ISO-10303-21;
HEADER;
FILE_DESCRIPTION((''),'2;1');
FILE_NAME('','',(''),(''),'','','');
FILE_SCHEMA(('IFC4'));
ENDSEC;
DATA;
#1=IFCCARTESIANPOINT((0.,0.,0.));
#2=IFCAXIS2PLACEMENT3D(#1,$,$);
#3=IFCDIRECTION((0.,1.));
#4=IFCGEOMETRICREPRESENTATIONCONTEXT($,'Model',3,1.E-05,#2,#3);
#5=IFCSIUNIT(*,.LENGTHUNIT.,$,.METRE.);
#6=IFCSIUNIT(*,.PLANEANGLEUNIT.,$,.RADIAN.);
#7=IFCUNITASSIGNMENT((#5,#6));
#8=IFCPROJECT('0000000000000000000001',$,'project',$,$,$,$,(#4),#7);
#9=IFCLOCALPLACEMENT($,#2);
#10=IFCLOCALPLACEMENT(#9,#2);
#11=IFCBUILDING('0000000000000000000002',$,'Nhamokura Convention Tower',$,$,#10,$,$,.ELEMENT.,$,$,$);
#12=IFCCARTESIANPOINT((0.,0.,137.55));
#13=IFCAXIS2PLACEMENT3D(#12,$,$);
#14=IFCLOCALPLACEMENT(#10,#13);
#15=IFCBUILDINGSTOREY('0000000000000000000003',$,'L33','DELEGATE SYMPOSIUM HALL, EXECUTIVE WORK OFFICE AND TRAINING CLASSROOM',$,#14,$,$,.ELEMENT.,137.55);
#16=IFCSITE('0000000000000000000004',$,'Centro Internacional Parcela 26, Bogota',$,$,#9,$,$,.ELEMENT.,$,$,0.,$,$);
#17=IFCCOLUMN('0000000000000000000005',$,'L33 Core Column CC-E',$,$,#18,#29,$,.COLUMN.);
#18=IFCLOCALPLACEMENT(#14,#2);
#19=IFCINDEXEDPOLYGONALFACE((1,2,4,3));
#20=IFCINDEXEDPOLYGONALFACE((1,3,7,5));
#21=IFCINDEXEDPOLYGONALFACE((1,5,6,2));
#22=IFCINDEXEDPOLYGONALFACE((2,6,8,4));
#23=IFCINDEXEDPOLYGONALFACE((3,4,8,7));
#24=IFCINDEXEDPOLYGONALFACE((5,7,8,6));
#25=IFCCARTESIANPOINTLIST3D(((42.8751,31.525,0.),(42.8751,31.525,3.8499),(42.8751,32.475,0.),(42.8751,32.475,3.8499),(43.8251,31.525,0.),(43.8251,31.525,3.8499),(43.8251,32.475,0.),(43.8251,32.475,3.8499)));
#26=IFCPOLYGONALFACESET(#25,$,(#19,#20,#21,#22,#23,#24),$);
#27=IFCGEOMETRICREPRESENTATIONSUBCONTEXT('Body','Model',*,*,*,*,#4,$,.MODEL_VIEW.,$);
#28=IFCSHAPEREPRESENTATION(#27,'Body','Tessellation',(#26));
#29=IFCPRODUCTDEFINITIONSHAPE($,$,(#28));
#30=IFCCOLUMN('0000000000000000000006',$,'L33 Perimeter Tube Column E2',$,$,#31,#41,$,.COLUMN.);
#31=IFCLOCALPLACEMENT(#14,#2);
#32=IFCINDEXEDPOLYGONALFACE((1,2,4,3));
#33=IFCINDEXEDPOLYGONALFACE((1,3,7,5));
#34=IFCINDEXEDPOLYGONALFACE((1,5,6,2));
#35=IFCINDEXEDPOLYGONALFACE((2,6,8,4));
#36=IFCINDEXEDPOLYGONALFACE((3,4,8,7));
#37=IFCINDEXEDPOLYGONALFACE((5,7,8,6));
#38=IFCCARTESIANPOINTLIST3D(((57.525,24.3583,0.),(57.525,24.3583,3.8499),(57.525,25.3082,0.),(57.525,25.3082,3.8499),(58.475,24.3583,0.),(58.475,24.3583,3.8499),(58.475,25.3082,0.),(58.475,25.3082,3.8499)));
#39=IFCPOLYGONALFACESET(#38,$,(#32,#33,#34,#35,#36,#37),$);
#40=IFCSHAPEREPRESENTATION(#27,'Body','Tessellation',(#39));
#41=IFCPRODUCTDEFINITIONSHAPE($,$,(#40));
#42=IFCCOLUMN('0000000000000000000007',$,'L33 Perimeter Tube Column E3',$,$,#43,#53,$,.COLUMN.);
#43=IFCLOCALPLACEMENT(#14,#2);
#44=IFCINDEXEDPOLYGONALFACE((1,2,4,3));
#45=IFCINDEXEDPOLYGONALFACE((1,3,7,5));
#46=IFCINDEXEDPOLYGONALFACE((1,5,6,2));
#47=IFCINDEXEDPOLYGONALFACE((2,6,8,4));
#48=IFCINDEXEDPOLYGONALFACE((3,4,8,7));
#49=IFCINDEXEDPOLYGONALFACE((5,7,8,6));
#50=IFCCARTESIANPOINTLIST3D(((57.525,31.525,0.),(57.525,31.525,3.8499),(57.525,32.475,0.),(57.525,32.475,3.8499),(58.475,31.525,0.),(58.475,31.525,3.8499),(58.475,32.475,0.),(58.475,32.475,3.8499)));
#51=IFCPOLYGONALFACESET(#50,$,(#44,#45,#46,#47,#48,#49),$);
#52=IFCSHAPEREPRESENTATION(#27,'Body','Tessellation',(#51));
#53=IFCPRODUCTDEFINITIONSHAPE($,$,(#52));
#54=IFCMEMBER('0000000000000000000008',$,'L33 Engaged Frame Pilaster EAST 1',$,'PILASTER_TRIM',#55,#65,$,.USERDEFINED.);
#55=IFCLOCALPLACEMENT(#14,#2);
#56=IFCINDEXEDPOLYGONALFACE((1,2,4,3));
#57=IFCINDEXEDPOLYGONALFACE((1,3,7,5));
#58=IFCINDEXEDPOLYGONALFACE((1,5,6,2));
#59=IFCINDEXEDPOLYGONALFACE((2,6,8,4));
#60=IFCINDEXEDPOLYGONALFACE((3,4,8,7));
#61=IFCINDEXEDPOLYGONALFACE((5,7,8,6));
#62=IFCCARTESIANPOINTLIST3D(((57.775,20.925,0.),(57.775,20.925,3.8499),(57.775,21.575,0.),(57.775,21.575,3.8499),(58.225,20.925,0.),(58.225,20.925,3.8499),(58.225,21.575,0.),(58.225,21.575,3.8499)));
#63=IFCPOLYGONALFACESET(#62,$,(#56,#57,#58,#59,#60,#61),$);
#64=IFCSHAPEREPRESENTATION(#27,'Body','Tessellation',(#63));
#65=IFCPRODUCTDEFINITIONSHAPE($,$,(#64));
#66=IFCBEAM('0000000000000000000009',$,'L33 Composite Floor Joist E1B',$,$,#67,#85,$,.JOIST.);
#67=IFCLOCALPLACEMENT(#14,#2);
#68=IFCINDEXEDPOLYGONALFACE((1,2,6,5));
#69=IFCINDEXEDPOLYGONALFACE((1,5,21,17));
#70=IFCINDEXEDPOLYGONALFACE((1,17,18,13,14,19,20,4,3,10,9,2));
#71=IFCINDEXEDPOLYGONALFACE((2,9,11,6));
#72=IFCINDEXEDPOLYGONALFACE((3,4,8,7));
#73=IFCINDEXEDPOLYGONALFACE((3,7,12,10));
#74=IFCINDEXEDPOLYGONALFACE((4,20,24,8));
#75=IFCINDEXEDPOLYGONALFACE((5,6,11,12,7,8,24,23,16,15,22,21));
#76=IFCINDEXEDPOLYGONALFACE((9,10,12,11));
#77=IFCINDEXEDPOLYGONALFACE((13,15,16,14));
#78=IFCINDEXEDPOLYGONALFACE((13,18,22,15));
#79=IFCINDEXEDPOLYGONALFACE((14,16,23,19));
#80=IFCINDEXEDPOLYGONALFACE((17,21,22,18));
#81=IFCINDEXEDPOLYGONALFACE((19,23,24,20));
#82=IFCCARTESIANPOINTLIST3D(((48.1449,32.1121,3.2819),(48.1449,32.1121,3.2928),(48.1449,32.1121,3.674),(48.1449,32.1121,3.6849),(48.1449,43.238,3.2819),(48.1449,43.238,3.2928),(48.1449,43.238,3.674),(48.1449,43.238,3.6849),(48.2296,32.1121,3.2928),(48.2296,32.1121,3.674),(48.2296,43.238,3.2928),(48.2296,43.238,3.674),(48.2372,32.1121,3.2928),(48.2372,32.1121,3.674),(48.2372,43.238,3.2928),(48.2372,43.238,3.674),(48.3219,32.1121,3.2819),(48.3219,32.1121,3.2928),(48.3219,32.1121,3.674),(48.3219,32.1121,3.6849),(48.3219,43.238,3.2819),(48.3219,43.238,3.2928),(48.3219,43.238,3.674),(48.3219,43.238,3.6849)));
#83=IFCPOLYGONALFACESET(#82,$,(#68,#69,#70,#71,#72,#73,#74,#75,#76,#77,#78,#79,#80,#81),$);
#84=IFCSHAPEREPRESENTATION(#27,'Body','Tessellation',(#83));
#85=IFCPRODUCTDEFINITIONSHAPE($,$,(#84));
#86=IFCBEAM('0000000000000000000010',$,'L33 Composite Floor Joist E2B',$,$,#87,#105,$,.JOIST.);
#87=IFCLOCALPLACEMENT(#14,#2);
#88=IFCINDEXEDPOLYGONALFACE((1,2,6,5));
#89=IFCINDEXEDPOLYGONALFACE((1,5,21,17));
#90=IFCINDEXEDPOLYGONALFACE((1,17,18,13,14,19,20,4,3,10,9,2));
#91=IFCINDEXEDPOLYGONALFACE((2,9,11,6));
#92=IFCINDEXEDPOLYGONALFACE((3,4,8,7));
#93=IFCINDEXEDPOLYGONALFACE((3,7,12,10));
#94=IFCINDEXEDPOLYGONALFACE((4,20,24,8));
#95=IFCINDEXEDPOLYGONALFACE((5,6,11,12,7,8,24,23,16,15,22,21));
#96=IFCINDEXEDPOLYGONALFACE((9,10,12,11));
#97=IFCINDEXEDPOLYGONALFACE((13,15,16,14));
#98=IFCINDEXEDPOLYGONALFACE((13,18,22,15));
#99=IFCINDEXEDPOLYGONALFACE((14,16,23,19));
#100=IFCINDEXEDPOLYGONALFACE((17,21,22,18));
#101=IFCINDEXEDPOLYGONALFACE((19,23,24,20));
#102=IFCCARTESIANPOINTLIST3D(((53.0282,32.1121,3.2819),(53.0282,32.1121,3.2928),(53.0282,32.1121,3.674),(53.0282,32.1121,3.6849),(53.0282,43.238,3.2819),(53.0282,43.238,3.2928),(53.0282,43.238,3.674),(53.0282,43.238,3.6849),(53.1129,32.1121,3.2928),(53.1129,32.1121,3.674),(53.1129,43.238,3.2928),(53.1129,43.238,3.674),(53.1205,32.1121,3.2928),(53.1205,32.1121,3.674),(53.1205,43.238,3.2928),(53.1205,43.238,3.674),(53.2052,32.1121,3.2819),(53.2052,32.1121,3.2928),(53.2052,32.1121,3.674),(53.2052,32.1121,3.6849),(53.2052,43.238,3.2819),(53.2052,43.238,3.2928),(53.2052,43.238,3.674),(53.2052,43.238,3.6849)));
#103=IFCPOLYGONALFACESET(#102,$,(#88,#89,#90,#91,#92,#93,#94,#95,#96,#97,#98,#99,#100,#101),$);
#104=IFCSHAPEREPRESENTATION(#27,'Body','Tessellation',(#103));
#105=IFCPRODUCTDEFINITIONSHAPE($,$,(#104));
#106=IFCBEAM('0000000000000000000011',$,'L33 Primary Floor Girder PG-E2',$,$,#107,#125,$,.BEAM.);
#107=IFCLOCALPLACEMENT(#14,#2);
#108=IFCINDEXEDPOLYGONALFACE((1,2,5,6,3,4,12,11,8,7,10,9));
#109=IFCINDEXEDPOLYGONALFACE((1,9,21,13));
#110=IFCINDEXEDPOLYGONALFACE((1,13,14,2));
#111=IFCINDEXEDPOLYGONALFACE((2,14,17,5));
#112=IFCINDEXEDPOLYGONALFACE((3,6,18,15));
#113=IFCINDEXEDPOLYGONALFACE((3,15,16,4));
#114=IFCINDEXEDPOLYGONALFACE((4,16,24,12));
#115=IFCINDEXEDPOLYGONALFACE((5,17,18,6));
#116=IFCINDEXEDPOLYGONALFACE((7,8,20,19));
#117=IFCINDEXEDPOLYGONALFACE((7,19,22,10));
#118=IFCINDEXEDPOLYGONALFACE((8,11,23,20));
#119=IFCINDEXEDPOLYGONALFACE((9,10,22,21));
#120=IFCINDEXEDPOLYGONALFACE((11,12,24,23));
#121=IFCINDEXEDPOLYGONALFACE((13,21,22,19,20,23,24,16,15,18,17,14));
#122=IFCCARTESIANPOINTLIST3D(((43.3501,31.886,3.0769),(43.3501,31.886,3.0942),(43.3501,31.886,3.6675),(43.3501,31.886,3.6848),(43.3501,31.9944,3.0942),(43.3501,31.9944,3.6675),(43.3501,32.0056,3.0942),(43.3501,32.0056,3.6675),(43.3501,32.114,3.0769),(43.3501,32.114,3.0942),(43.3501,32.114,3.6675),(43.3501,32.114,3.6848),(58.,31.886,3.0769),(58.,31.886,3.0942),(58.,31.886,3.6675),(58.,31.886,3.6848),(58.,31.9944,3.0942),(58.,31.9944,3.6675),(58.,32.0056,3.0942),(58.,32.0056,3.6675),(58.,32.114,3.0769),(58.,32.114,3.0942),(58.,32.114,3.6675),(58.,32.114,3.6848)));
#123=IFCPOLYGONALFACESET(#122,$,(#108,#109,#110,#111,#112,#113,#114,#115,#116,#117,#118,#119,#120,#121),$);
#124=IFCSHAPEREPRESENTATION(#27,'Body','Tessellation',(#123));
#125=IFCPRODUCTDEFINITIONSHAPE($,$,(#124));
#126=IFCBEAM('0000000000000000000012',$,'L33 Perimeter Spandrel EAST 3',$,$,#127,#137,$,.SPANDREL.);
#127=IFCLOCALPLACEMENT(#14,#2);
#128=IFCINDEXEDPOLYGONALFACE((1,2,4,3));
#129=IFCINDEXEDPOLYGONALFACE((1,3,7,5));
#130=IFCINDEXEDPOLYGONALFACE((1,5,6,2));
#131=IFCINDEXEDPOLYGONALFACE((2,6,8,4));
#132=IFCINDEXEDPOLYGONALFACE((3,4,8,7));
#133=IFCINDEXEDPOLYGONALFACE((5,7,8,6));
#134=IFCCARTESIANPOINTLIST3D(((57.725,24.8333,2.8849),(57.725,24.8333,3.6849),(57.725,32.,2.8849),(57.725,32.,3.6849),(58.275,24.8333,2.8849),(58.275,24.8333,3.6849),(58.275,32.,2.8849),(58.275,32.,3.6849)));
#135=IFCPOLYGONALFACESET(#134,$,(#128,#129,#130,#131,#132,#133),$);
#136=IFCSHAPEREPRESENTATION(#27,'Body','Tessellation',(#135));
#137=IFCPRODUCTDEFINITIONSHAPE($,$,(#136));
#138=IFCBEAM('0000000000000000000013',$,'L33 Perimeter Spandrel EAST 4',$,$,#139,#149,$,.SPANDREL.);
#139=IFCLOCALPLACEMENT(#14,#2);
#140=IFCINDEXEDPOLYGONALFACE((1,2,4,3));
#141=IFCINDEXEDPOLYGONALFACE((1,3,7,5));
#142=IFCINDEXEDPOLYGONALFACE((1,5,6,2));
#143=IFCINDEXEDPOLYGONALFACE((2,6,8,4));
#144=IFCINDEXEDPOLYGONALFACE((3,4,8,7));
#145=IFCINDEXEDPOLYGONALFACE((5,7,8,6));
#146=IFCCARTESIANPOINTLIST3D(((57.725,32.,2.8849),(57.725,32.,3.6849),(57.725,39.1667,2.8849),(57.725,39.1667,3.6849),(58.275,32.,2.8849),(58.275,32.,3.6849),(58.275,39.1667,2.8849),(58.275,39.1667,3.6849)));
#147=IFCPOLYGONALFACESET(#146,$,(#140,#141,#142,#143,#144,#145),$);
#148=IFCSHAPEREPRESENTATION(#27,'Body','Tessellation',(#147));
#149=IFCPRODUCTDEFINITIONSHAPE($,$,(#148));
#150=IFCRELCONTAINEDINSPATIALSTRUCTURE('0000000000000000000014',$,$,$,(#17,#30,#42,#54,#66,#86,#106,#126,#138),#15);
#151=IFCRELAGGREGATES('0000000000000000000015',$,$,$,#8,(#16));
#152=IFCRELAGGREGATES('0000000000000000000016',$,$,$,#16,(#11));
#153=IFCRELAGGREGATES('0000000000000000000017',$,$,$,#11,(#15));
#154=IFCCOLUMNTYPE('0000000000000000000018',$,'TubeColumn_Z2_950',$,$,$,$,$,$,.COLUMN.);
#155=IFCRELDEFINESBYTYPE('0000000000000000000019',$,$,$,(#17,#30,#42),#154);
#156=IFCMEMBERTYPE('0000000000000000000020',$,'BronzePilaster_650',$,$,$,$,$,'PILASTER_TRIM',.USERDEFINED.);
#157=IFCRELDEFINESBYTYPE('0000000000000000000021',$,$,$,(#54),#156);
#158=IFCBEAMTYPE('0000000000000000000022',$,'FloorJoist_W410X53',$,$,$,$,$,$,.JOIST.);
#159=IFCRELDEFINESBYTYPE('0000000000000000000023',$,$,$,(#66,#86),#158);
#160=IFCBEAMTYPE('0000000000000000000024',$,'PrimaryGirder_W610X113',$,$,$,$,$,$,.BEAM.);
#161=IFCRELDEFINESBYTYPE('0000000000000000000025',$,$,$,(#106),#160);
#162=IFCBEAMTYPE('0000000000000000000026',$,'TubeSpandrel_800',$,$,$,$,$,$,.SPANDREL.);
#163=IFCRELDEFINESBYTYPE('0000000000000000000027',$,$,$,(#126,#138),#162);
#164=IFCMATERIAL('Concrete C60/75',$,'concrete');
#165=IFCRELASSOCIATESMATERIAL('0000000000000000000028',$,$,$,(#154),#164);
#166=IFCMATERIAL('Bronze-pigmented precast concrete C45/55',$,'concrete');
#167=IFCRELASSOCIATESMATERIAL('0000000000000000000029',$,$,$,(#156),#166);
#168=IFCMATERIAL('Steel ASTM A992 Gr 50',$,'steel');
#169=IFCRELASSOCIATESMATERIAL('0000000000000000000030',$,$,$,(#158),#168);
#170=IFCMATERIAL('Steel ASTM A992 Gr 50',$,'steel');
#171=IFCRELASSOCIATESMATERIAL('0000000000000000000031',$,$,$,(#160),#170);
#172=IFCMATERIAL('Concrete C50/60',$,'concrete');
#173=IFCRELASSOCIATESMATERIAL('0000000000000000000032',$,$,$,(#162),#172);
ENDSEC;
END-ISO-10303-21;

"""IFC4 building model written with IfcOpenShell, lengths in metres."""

from ifc_helpers import new_model, si_unit, direction, frame, origin, origin_2d, place, context, subcontext, project, spatial, rectangle, i_section, extrude, material, material_profile, profile_set, type_object, element, save


model = new_model("IFC4")

# Units and contexts
model_context = context("Model", 3, precision=1e-05, world=origin(), true_north=direction((0.0, 1.0)))
body_context = subcontext(model_context, "Body", "Model", "MODEL_VIEW")
ifc_project = project(units=[si_unit("LENGTHUNIT", "METRE"), si_unit("PLANEANGLEUNIT", "RADIAN")], contexts=[model_context])

# Site, building, storey
site_placement = place(None, origin())
site = spatial("IfcSite", under=ifc_project, at=site_placement, Name="Centro Internacional Parcela 26, Bogota", CompositionType="ELEMENT", RefElevation=0.0)
building_placement = place(site_placement, origin())
building = spatial("IfcBuilding", under=site, at=building_placement, Name="Nhamokura Convention Tower", CompositionType="ELEMENT")
storey_placement = place(building_placement, frame((0.0, 0.0, 137.55)))
storey = spatial("IfcBuildingStorey", under=building, at=storey_placement, Name="L33", Description="DELEGATE SYMPOSIUM HALL, EXECUTIVE WORK OFFICE AND TRAINING CLASSROOM", CompositionType="ELEMENT", Elevation=137.55)

# Columns
ifc_material_1 = material(Name="Concrete C60/75", Category="concrete")
ifc_material_profile_1 = material_profile(ifc_material_1, rectangle(XDim=0.95, YDim=0.95, at=origin_2d()))
ifc_profile_set_1 = profile_set([ifc_material_profile_1], Name="Concrete C60/75")
column_type = type_object("IfcColumnType", Name="TubeColumn_Z2_950", PredefinedType="COLUMN", material=ifc_profile_set_1)
for number, where, z_axis, x_axis, name in (
    (1, (43.3501, 32.0, 0.0), (0.0, 0.0, 1.0), (1.0, 0.0, 0.0), "L33 Core Column CC-E"),
    (2, (58.0, 24.8333, 0.0), (0.0, 0.0, 1.0), (1.0, 0.0, 0.0), "L33 Perimeter Tube Column E2"),
    (3, (58.0, 32.0, 0.0), (0.0, 0.0, 1.0), (1.0, 0.0, 0.0), "L33 Perimeter Tube Column E3"),
):
    element("IfcColumn", number, at=place(storey_placement, frame(where, z_axis=z_axis, x_axis=x_axis)), inside=storey, type_object=column_type, Name=name, PredefinedType="COLUMN", context=body_context, shape_type="SweptSolid", body=[
        extrude(rectangle(XDim=0.95, YDim=0.95, at=origin_2d()), origin(), (0.0, 0.0, 1.0), 3.8499),
    ])

# Member
ifc_material_2 = material(Name="Bronze-pigmented precast concrete C45/55", Category="concrete")
ifc_material_profile_2 = material_profile(ifc_material_2, rectangle(XDim=0.45, YDim=0.6499, at=origin_2d()))
ifc_profile_set_2 = profile_set([ifc_material_profile_2], Name="Bronze-pigmented precast concrete C45/55")
member_type = type_object("IfcMemberType", Name="BronzePilaster_650", ElementType="PILASTER_TRIM", PredefinedType="USERDEFINED", material=ifc_profile_set_2)
member_placement = place(storey_placement, frame((58.0, 21.25, 0.0), z_axis=(0.0, 0.0, 1.0), x_axis=(1.0, 0.0, 0.0)))
element("IfcMember", 4, at=member_placement, inside=storey, type_object=member_type, Name="L33 Engaged Frame Pilaster EAST 1", ObjectType="PILASTER_TRIM", PredefinedType="USERDEFINED", context=body_context, shape_type="SweptSolid", body=[
    extrude(rectangle(XDim=0.45, YDim=0.6499, at=origin_2d()), origin(), (0.0, 0.0, 1.0), 3.8499),
])

# Beams
ifc_material_3 = material(Name="Steel ASTM A992 Gr 50", Category="steel")
ifc_material_profile_3 = material_profile(ifc_material_3, i_section(OverallWidth=0.177, OverallDepth=0.4031, WebThickness=0.0076, FlangeThickness=0.011, at=origin_2d()))
ifc_profile_set_3 = profile_set([ifc_material_profile_3], Name="Steel ASTM A992 Gr 50")
beam_type_1 = type_object("IfcBeamType", Name="FloorJoist_W410X53", PredefinedType="JOIST", material=ifc_profile_set_3)
for number, where, z_axis, x_axis, name in (
    (5, (48.2334, 32.1121, 3.4834), (0.0, 1.0, 0.0), (-1.0, 0.0, 0.0), "L33 Composite Floor Joist E1B"),
    (6, (53.1167, 32.1121, 3.4834), (0.0, 1.0, 0.0), (-1.0, 0.0, 0.0), "L33 Composite Floor Joist E2B"),
):
    element("IfcBeam", number, at=place(storey_placement, frame(where, z_axis=z_axis, x_axis=x_axis)), inside=storey, type_object=beam_type_1, Name=name, PredefinedType="JOIST", context=body_context, shape_type="SweptSolid", body=[
        extrude(i_section(OverallWidth=0.177, OverallDepth=0.4031, WebThickness=0.0076, FlangeThickness=0.011, at=origin_2d()), origin(), (0.0, 0.0, 1.0), 11.126),
    ])
ifc_material_4 = material(Name="Steel ASTM A992 Gr 50", Category="steel")
ifc_material_profile_4 = material_profile(ifc_material_4, i_section(OverallWidth=0.228, OverallDepth=0.6079, WebThickness=0.0112, FlangeThickness=0.0173, at=origin_2d()))
ifc_profile_set_4 = profile_set([ifc_material_profile_4], Name="Steel ASTM A992 Gr 50")
beam_type_2 = type_object("IfcBeamType", Name="PrimaryGirder_W610X113", PredefinedType="BEAM", material=ifc_profile_set_4)
beam_placement = place(storey_placement, frame((43.3501, 32.0, 3.3809), z_axis=(1.0, 0.0, 0.0), x_axis=(0.0, 1.0, 0.0)))
element("IfcBeam", 7, at=beam_placement, inside=storey, type_object=beam_type_2, Name="L33 Primary Floor Girder PG-E2", PredefinedType="BEAM", context=body_context, shape_type="SweptSolid", body=[
    extrude(i_section(OverallWidth=0.228, OverallDepth=0.6079, WebThickness=0.0112, FlangeThickness=0.0173, at=origin_2d()), origin(), (0.0, 0.0, 1.0), 14.6499),
])
ifc_material_5 = material(Name="Concrete C50/60", Category="concrete")
ifc_material_profile_5 = material_profile(ifc_material_5, rectangle(XDim=0.55, YDim=0.8, at=origin_2d()))
ifc_profile_set_5 = profile_set([ifc_material_profile_5], Name="Concrete C50/60")
beam_type_3 = type_object("IfcBeamType", Name="TubeSpandrel_800", PredefinedType="SPANDREL", material=ifc_profile_set_5)
for number, where, z_axis, x_axis, name in (
    (8, (58.0, 24.8333, 3.2849), (0.0, 1.0, 0.0), (-1.0, 0.0, 0.0), "L33 Perimeter Spandrel EAST 3"),
    (9, (58.0, 32.0, 3.2849), (0.0, 1.0, 0.0), (-1.0, 0.0, 0.0), "L33 Perimeter Spandrel EAST 4"),
):
    element("IfcBeam", number, at=place(storey_placement, frame(where, z_axis=z_axis, x_axis=x_axis)), inside=storey, type_object=beam_type_3, Name=name, PredefinedType="SPANDREL", context=body_context, shape_type="SweptSolid", body=[
        extrude(rectangle(XDim=0.55, YDim=0.8, at=origin_2d()), origin(), (0.0, 0.0, 1.0), 7.1667),
    ])

save(model, "model.ifc")
